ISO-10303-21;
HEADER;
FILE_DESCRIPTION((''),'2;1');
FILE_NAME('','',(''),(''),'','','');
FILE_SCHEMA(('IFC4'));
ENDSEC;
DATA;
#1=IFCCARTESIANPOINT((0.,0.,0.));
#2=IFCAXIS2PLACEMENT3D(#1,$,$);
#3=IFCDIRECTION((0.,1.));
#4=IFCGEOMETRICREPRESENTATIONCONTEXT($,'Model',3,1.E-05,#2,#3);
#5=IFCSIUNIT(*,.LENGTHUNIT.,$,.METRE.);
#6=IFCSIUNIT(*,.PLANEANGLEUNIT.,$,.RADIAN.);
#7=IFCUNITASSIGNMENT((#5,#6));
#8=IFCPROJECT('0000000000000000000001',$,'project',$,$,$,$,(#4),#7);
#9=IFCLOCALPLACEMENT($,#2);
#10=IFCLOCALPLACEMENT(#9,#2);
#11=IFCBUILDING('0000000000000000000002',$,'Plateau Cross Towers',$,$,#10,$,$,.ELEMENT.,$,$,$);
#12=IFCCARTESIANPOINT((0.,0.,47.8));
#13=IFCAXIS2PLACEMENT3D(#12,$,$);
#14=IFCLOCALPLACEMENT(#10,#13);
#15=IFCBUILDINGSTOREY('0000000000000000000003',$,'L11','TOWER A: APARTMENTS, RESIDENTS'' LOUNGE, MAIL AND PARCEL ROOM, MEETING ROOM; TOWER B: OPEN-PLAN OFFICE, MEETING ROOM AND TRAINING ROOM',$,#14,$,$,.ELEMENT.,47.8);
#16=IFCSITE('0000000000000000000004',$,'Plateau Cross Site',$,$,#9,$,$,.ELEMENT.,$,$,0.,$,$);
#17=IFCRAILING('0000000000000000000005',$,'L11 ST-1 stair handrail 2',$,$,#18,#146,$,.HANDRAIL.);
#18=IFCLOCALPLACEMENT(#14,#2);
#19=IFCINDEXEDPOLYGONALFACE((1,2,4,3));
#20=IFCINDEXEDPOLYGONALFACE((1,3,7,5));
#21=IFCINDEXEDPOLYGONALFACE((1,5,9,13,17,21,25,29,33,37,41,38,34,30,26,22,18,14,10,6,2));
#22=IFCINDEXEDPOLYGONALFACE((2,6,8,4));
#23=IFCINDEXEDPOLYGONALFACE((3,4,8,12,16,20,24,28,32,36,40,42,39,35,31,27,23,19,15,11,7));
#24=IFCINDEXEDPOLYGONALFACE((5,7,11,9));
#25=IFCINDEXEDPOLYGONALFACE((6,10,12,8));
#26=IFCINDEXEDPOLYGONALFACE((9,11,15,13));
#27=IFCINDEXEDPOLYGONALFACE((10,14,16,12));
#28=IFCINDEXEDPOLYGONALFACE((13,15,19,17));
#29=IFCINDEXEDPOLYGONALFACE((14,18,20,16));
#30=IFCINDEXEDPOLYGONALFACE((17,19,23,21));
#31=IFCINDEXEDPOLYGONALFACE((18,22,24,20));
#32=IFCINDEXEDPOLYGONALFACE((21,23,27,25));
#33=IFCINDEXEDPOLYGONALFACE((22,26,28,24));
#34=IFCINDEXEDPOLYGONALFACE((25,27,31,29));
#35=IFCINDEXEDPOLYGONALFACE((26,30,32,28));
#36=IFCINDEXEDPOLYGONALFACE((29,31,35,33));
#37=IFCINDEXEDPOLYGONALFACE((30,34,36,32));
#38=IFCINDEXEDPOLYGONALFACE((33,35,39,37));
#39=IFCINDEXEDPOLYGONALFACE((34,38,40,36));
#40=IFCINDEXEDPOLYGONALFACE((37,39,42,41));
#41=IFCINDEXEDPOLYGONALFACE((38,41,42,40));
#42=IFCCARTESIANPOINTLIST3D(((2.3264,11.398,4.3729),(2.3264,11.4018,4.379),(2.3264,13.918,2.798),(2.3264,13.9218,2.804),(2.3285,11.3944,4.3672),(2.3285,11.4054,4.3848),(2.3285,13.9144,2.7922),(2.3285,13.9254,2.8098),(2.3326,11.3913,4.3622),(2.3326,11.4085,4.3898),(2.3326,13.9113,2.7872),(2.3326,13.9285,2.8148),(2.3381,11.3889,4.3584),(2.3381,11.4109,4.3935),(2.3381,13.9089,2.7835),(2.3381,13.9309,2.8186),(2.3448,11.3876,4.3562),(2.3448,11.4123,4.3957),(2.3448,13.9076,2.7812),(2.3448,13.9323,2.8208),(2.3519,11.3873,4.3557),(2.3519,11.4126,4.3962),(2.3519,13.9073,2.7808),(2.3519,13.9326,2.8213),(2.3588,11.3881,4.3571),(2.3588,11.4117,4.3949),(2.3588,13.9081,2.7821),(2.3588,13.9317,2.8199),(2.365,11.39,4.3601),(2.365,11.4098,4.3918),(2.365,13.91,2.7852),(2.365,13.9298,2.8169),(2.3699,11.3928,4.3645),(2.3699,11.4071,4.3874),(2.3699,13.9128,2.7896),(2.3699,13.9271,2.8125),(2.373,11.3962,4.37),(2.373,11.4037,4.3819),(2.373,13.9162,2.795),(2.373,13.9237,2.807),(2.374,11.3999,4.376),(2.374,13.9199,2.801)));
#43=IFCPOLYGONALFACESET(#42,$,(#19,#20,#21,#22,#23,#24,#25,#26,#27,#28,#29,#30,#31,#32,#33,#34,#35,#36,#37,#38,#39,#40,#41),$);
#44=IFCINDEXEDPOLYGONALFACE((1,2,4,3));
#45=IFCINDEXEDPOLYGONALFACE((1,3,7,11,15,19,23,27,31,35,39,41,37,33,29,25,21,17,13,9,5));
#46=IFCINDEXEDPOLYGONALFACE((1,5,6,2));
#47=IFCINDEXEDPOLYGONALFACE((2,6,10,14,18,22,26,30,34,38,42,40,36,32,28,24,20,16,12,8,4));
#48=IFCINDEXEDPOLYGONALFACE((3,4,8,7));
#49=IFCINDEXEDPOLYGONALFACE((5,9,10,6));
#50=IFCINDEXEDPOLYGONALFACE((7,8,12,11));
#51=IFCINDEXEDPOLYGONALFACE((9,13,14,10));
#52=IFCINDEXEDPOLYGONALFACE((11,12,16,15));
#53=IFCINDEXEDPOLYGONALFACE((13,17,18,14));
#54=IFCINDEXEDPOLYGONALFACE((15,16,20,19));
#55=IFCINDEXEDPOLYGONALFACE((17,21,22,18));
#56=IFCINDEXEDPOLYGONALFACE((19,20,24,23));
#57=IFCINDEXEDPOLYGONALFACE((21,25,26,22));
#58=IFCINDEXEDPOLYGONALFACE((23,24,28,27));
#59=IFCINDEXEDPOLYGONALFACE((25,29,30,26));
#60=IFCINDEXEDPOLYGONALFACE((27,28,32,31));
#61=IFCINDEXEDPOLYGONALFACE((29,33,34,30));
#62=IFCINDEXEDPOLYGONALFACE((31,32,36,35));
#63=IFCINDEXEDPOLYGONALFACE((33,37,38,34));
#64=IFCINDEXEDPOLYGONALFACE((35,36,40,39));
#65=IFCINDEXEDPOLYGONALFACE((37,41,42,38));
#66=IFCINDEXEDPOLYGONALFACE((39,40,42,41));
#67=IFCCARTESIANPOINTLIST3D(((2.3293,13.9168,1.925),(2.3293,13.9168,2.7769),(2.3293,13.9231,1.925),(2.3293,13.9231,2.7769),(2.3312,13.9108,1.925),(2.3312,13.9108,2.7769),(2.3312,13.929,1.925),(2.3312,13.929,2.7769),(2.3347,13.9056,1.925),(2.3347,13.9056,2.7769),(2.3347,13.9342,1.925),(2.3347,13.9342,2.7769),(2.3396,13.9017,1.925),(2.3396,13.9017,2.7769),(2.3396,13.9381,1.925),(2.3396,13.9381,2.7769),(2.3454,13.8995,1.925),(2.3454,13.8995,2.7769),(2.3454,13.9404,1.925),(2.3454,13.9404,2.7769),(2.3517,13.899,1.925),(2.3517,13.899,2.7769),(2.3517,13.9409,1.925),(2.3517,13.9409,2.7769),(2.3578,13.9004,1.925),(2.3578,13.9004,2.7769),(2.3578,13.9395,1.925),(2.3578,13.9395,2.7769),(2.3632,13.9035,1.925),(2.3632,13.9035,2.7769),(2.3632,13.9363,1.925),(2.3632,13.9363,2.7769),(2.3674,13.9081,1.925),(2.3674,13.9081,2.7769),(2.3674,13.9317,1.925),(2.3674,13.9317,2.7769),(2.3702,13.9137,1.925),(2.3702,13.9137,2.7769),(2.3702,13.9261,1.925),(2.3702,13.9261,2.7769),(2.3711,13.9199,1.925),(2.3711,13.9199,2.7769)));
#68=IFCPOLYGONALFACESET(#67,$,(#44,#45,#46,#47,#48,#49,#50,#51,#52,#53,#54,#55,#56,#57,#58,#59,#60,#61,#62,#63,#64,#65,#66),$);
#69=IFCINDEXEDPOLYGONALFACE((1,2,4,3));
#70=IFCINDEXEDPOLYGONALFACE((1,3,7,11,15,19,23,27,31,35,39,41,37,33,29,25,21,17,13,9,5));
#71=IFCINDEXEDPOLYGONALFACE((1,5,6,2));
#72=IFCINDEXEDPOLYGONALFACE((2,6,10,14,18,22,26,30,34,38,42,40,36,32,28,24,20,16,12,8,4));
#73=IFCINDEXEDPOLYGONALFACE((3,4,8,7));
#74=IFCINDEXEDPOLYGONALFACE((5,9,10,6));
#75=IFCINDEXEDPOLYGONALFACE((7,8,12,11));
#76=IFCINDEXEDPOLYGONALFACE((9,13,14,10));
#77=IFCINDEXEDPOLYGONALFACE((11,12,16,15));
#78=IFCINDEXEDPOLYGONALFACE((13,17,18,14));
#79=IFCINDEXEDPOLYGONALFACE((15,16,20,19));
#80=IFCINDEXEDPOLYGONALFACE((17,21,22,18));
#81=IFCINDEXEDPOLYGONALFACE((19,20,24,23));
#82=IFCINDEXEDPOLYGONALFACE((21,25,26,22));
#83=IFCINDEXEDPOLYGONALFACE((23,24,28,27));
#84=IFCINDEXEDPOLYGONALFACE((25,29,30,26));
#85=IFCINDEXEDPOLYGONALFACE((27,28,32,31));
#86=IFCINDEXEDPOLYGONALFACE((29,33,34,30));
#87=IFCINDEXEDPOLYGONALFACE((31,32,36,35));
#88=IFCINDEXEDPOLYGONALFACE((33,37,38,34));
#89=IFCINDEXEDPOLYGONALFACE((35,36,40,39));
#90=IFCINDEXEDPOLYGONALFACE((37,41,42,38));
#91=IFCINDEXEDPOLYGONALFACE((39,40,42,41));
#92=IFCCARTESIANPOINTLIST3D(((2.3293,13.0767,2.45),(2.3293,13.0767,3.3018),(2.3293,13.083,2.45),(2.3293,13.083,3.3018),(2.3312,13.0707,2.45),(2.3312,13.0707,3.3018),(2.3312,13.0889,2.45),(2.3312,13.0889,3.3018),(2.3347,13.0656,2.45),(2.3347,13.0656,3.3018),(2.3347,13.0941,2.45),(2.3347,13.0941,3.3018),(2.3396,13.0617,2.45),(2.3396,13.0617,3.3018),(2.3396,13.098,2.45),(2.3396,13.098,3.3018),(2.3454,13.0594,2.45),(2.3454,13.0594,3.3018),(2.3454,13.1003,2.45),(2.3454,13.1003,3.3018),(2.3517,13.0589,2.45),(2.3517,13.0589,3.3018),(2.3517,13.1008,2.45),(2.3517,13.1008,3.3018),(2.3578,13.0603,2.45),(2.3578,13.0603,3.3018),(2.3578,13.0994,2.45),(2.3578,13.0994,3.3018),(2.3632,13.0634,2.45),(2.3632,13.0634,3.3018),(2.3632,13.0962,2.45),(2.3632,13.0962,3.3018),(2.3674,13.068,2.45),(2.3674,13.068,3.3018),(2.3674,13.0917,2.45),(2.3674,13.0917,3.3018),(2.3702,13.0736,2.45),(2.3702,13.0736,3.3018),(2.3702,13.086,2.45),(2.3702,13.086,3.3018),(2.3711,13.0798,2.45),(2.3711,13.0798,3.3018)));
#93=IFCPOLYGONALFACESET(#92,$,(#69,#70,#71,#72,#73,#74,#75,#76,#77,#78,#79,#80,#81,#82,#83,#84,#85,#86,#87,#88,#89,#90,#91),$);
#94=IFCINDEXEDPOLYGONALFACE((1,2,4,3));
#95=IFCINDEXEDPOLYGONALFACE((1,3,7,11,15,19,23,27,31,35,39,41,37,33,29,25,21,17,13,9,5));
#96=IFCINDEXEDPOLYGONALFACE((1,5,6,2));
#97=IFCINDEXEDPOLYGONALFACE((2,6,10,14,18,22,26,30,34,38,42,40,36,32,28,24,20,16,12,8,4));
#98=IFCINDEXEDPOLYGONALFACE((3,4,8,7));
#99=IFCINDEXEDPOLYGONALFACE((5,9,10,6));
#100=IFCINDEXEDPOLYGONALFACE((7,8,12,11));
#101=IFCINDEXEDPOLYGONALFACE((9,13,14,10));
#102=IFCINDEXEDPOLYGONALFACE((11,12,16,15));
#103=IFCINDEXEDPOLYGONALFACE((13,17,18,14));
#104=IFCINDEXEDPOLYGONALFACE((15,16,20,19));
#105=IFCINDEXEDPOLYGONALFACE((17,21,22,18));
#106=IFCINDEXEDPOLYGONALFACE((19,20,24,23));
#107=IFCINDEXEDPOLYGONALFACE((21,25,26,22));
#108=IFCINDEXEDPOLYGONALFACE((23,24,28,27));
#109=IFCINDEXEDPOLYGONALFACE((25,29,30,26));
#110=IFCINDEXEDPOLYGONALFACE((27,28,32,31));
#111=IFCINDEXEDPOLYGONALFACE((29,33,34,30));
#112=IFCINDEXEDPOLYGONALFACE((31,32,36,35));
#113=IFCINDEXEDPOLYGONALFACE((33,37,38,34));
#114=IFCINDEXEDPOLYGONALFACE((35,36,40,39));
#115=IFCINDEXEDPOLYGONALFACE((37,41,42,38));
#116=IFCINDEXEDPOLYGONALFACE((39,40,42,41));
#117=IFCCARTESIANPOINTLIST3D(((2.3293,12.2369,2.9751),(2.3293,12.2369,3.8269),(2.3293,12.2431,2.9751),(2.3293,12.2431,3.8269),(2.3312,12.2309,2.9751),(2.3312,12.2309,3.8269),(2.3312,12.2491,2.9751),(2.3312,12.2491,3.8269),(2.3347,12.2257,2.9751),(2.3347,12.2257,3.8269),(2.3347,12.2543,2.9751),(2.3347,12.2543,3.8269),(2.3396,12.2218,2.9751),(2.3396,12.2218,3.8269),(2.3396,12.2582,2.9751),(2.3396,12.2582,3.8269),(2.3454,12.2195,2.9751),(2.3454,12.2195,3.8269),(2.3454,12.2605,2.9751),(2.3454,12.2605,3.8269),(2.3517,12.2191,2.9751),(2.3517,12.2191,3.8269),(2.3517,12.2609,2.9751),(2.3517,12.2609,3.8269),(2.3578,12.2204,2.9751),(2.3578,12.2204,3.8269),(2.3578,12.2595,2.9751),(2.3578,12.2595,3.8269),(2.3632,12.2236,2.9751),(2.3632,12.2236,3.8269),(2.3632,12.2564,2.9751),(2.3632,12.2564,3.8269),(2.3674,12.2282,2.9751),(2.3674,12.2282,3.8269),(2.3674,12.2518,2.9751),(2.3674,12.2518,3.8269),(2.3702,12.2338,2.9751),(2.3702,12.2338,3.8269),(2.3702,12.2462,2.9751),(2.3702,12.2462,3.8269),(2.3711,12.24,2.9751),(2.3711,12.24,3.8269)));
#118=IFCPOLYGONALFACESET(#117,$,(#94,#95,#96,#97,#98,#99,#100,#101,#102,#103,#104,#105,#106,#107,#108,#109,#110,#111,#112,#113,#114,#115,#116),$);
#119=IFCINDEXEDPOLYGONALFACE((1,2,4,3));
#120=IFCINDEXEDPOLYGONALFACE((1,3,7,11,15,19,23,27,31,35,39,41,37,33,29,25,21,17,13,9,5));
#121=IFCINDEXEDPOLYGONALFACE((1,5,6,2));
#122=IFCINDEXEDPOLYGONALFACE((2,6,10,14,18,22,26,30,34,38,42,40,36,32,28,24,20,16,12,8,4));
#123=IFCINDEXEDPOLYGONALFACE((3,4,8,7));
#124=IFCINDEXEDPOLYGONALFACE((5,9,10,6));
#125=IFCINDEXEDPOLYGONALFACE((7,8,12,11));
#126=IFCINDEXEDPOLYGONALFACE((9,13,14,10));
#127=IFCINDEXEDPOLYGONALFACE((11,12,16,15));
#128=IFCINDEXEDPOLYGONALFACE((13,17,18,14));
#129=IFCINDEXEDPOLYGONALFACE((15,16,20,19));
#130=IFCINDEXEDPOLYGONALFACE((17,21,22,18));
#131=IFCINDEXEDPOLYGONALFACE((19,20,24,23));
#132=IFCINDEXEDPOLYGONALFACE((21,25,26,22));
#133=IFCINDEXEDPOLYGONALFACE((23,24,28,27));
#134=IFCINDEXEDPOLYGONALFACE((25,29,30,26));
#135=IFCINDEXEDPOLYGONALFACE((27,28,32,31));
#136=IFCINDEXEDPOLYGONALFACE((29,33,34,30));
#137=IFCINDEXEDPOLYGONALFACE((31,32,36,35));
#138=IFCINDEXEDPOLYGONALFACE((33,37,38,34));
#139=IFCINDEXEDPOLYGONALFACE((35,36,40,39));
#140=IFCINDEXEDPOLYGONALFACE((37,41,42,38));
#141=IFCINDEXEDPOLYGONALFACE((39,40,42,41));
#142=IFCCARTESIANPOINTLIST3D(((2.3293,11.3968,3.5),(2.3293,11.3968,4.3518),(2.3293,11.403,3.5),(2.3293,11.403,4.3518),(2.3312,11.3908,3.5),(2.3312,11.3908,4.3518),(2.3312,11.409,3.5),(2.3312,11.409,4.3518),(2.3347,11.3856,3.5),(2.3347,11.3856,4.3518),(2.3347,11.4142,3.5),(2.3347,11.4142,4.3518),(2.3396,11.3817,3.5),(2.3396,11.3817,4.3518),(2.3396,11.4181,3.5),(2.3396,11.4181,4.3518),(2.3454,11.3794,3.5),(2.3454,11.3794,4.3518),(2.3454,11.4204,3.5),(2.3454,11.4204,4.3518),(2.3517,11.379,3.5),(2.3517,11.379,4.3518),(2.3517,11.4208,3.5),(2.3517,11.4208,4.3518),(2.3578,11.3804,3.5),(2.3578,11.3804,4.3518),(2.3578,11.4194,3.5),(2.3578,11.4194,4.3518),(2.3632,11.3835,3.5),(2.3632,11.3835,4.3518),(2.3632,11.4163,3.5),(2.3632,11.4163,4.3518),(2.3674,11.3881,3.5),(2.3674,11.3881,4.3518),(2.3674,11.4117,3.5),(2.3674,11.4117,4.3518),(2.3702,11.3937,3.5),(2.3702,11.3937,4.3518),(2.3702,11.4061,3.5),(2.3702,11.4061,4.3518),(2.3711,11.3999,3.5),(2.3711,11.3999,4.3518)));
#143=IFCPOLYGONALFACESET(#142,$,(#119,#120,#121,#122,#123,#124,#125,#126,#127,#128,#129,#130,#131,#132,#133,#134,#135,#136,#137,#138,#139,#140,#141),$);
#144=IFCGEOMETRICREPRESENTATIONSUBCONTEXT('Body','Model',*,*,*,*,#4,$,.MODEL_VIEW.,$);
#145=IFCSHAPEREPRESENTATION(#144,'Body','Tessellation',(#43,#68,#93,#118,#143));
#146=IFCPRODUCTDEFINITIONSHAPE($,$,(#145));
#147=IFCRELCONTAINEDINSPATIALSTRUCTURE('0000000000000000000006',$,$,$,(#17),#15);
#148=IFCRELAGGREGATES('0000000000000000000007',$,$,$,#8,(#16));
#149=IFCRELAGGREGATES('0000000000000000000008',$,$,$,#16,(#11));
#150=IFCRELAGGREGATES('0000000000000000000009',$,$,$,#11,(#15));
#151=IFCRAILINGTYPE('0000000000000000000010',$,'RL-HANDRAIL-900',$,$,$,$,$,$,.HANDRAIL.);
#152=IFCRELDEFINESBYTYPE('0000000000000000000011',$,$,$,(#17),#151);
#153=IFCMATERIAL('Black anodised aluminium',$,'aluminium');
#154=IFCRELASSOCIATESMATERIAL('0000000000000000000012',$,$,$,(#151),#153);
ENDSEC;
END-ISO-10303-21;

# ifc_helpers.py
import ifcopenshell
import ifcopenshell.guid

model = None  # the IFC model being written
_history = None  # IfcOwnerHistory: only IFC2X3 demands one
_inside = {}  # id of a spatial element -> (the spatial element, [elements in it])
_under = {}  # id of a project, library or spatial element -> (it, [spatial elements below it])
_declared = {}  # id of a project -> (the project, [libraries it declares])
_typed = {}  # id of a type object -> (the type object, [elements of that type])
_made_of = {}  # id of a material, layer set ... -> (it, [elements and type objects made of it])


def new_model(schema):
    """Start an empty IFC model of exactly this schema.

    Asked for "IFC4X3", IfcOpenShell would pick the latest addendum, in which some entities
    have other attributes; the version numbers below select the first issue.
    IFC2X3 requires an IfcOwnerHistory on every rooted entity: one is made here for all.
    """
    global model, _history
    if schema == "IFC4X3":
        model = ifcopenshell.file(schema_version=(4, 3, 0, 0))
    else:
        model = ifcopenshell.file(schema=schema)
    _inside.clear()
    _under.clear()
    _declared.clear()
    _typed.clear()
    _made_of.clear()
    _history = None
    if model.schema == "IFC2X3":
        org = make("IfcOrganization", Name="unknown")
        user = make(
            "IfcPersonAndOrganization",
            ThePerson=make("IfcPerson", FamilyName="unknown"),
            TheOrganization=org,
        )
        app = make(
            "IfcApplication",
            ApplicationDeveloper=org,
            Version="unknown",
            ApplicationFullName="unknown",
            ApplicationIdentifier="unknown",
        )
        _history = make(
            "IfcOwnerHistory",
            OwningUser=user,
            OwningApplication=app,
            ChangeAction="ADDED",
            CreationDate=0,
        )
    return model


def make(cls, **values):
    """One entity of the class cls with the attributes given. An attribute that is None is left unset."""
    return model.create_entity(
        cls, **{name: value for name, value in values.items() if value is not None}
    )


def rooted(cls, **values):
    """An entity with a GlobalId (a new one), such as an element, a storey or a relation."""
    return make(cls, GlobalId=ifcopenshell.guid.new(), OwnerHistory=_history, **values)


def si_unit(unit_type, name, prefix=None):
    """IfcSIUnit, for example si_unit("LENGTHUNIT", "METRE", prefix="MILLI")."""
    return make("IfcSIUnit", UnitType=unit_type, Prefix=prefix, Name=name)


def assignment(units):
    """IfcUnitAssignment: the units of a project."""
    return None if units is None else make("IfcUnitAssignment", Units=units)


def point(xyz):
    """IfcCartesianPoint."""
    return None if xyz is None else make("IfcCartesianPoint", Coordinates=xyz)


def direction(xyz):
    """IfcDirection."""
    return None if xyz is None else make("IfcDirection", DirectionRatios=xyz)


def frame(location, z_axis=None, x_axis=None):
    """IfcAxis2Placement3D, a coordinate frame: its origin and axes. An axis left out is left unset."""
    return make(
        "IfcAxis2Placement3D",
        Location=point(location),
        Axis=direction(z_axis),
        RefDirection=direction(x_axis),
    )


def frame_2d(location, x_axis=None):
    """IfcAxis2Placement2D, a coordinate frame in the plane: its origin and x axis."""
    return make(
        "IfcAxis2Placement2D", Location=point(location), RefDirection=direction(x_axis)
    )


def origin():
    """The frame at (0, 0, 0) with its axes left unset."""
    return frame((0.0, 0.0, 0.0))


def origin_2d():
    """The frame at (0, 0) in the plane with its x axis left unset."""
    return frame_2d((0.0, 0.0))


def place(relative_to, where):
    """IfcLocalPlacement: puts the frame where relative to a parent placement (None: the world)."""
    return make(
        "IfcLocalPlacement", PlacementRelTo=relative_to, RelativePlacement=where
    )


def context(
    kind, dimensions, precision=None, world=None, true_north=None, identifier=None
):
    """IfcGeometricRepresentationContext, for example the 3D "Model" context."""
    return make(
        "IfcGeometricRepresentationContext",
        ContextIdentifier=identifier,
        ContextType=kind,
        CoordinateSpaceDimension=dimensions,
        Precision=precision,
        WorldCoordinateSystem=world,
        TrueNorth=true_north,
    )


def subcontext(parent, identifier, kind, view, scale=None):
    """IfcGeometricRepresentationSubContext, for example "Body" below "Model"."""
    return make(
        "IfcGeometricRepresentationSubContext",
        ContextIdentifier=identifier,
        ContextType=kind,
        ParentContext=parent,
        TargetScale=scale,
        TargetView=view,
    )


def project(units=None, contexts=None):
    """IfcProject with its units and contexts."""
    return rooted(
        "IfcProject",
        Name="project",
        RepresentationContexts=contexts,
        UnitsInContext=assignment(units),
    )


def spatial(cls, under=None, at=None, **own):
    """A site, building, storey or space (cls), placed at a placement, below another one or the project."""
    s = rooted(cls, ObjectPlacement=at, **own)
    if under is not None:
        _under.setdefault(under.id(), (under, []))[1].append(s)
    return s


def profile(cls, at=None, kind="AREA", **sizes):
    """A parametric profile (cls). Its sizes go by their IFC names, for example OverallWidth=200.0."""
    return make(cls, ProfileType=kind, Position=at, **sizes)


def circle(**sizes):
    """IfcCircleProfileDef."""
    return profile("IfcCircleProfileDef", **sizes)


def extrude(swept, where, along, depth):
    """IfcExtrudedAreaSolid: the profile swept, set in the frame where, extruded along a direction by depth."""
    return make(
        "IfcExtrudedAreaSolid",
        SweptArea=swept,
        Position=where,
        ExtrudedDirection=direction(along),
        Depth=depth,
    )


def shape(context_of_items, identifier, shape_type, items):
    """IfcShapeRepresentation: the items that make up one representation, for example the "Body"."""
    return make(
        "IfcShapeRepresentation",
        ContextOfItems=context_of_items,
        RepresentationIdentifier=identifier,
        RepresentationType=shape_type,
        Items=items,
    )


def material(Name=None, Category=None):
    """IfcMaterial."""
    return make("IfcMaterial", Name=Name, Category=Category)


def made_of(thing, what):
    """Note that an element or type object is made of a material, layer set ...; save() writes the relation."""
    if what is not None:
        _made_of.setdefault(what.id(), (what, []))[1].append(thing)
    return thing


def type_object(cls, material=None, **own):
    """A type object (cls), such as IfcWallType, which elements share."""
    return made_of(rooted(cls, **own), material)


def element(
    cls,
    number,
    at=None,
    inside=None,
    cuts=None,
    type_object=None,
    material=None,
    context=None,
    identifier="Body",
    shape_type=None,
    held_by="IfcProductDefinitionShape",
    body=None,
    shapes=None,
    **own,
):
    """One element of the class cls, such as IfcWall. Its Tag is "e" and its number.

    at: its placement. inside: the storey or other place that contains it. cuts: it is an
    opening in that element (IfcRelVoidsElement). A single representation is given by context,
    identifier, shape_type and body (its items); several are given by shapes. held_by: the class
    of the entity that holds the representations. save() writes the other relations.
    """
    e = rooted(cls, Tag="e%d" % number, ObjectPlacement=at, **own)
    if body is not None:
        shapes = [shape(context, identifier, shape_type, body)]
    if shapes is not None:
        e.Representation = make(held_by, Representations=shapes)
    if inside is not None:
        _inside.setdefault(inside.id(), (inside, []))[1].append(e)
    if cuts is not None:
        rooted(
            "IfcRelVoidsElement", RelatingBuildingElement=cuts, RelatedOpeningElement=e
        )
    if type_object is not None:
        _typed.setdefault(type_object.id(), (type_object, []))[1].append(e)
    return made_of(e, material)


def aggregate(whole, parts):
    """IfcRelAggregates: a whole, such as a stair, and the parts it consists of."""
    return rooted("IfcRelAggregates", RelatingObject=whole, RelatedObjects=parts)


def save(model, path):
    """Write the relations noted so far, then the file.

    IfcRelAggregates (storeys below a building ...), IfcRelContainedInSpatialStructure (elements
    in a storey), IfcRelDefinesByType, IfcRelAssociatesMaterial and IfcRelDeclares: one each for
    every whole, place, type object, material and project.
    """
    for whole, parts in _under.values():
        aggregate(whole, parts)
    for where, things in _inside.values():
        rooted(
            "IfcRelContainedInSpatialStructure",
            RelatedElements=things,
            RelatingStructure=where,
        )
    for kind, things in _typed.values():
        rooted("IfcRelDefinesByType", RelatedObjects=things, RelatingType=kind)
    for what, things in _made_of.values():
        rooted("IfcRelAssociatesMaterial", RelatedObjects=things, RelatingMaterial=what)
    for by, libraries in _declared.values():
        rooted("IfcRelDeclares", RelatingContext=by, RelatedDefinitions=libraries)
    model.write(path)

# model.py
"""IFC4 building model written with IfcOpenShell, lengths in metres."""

from ifc_helpers import new_model, si_unit, direction, frame, origin, origin_2d, place, context, subcontext, project, spatial, circle, extrude, material, type_object, element, save


model = new_model("IFC4")

# Units and contexts
model_context = context("Model", 3, precision=1e-05, world=origin(), true_north=direction((0.0, 1.0)))
body_context = subcontext(model_context, "Body", "Model", "MODEL_VIEW")
ifc_project = project(units=[si_unit("LENGTHUNIT", "METRE"), si_unit("PLANEANGLEUNIT", "RADIAN")], contexts=[model_context])

# Site, building, storey
site_placement = place(None, origin())
site = spatial("IfcSite", under=ifc_project, at=site_placement, Name="Plateau Cross Site", CompositionType="ELEMENT", RefElevation=0.0)
building_placement = place(site_placement, origin())
building = spatial("IfcBuilding", under=site, at=building_placement, Name="Plateau Cross Towers", CompositionType="ELEMENT")
storey_placement = place(building_placement, frame((0.0, 0.0, 47.8)))
storey = spatial("IfcBuildingStorey", under=building, at=storey_placement, Name="L11", Description="TOWER A: APARTMENTS, RESIDENTS' LOUNGE, MAIL AND PARCEL ROOM, MEETING ROOM; TOWER B: OPEN-PLAN OFFICE, MEETING ROOM AND TRAINING ROOM", CompositionType="ELEMENT", Elevation=47.8)

# Shared definitions
ifc_material_1 = material(Name="Black anodised aluminium", Category="aluminium")

# Railing
railing_type_1 = type_object("IfcRailingType", Name="RL-HANDRAIL-900", PredefinedType="HANDRAIL", material=ifc_material_1)
railing_1_placement = place(storey_placement, frame((2.3501, 13.9199, 1.925)))
element("IfcRailing", 1, at=railing_1_placement, inside=storey, type_object=railing_type_1, Name="L11 ST-1 stair handrail 2", PredefinedType="HANDRAIL", context=body_context, shape_type="SweptSolid", body=[
    extrude(circle(Radius=0.0239, at=origin_2d()), frame((0.0, 0.0, 0.876), z_axis=(0.0, -0.848008, 0.529984), x_axis=(1.0, 0.0, 0.0)), (0.0, 0.0, 1.0), 2.9717),
    extrude(circle(Radius=0.021, at=origin_2d()), origin(), (0.0, 0.0, 1.0), 0.8518),
    extrude(circle(Radius=0.021, at=origin_2d()), frame((0.0, -0.8401, 0.5249)), (0.0, 0.0, 1.0), 0.8518),
    extrude(circle(Radius=0.021, at=origin_2d()), frame((0.0, -1.6799, 1.05)), (0.0, 0.0, 1.0), 0.8518),
    extrude(circle(Radius=0.021, at=origin_2d()), frame((0.0, -2.52, 1.575)), (0.0, 0.0, 1.0), 0.8518),
])

save(model, "model.ifc")
